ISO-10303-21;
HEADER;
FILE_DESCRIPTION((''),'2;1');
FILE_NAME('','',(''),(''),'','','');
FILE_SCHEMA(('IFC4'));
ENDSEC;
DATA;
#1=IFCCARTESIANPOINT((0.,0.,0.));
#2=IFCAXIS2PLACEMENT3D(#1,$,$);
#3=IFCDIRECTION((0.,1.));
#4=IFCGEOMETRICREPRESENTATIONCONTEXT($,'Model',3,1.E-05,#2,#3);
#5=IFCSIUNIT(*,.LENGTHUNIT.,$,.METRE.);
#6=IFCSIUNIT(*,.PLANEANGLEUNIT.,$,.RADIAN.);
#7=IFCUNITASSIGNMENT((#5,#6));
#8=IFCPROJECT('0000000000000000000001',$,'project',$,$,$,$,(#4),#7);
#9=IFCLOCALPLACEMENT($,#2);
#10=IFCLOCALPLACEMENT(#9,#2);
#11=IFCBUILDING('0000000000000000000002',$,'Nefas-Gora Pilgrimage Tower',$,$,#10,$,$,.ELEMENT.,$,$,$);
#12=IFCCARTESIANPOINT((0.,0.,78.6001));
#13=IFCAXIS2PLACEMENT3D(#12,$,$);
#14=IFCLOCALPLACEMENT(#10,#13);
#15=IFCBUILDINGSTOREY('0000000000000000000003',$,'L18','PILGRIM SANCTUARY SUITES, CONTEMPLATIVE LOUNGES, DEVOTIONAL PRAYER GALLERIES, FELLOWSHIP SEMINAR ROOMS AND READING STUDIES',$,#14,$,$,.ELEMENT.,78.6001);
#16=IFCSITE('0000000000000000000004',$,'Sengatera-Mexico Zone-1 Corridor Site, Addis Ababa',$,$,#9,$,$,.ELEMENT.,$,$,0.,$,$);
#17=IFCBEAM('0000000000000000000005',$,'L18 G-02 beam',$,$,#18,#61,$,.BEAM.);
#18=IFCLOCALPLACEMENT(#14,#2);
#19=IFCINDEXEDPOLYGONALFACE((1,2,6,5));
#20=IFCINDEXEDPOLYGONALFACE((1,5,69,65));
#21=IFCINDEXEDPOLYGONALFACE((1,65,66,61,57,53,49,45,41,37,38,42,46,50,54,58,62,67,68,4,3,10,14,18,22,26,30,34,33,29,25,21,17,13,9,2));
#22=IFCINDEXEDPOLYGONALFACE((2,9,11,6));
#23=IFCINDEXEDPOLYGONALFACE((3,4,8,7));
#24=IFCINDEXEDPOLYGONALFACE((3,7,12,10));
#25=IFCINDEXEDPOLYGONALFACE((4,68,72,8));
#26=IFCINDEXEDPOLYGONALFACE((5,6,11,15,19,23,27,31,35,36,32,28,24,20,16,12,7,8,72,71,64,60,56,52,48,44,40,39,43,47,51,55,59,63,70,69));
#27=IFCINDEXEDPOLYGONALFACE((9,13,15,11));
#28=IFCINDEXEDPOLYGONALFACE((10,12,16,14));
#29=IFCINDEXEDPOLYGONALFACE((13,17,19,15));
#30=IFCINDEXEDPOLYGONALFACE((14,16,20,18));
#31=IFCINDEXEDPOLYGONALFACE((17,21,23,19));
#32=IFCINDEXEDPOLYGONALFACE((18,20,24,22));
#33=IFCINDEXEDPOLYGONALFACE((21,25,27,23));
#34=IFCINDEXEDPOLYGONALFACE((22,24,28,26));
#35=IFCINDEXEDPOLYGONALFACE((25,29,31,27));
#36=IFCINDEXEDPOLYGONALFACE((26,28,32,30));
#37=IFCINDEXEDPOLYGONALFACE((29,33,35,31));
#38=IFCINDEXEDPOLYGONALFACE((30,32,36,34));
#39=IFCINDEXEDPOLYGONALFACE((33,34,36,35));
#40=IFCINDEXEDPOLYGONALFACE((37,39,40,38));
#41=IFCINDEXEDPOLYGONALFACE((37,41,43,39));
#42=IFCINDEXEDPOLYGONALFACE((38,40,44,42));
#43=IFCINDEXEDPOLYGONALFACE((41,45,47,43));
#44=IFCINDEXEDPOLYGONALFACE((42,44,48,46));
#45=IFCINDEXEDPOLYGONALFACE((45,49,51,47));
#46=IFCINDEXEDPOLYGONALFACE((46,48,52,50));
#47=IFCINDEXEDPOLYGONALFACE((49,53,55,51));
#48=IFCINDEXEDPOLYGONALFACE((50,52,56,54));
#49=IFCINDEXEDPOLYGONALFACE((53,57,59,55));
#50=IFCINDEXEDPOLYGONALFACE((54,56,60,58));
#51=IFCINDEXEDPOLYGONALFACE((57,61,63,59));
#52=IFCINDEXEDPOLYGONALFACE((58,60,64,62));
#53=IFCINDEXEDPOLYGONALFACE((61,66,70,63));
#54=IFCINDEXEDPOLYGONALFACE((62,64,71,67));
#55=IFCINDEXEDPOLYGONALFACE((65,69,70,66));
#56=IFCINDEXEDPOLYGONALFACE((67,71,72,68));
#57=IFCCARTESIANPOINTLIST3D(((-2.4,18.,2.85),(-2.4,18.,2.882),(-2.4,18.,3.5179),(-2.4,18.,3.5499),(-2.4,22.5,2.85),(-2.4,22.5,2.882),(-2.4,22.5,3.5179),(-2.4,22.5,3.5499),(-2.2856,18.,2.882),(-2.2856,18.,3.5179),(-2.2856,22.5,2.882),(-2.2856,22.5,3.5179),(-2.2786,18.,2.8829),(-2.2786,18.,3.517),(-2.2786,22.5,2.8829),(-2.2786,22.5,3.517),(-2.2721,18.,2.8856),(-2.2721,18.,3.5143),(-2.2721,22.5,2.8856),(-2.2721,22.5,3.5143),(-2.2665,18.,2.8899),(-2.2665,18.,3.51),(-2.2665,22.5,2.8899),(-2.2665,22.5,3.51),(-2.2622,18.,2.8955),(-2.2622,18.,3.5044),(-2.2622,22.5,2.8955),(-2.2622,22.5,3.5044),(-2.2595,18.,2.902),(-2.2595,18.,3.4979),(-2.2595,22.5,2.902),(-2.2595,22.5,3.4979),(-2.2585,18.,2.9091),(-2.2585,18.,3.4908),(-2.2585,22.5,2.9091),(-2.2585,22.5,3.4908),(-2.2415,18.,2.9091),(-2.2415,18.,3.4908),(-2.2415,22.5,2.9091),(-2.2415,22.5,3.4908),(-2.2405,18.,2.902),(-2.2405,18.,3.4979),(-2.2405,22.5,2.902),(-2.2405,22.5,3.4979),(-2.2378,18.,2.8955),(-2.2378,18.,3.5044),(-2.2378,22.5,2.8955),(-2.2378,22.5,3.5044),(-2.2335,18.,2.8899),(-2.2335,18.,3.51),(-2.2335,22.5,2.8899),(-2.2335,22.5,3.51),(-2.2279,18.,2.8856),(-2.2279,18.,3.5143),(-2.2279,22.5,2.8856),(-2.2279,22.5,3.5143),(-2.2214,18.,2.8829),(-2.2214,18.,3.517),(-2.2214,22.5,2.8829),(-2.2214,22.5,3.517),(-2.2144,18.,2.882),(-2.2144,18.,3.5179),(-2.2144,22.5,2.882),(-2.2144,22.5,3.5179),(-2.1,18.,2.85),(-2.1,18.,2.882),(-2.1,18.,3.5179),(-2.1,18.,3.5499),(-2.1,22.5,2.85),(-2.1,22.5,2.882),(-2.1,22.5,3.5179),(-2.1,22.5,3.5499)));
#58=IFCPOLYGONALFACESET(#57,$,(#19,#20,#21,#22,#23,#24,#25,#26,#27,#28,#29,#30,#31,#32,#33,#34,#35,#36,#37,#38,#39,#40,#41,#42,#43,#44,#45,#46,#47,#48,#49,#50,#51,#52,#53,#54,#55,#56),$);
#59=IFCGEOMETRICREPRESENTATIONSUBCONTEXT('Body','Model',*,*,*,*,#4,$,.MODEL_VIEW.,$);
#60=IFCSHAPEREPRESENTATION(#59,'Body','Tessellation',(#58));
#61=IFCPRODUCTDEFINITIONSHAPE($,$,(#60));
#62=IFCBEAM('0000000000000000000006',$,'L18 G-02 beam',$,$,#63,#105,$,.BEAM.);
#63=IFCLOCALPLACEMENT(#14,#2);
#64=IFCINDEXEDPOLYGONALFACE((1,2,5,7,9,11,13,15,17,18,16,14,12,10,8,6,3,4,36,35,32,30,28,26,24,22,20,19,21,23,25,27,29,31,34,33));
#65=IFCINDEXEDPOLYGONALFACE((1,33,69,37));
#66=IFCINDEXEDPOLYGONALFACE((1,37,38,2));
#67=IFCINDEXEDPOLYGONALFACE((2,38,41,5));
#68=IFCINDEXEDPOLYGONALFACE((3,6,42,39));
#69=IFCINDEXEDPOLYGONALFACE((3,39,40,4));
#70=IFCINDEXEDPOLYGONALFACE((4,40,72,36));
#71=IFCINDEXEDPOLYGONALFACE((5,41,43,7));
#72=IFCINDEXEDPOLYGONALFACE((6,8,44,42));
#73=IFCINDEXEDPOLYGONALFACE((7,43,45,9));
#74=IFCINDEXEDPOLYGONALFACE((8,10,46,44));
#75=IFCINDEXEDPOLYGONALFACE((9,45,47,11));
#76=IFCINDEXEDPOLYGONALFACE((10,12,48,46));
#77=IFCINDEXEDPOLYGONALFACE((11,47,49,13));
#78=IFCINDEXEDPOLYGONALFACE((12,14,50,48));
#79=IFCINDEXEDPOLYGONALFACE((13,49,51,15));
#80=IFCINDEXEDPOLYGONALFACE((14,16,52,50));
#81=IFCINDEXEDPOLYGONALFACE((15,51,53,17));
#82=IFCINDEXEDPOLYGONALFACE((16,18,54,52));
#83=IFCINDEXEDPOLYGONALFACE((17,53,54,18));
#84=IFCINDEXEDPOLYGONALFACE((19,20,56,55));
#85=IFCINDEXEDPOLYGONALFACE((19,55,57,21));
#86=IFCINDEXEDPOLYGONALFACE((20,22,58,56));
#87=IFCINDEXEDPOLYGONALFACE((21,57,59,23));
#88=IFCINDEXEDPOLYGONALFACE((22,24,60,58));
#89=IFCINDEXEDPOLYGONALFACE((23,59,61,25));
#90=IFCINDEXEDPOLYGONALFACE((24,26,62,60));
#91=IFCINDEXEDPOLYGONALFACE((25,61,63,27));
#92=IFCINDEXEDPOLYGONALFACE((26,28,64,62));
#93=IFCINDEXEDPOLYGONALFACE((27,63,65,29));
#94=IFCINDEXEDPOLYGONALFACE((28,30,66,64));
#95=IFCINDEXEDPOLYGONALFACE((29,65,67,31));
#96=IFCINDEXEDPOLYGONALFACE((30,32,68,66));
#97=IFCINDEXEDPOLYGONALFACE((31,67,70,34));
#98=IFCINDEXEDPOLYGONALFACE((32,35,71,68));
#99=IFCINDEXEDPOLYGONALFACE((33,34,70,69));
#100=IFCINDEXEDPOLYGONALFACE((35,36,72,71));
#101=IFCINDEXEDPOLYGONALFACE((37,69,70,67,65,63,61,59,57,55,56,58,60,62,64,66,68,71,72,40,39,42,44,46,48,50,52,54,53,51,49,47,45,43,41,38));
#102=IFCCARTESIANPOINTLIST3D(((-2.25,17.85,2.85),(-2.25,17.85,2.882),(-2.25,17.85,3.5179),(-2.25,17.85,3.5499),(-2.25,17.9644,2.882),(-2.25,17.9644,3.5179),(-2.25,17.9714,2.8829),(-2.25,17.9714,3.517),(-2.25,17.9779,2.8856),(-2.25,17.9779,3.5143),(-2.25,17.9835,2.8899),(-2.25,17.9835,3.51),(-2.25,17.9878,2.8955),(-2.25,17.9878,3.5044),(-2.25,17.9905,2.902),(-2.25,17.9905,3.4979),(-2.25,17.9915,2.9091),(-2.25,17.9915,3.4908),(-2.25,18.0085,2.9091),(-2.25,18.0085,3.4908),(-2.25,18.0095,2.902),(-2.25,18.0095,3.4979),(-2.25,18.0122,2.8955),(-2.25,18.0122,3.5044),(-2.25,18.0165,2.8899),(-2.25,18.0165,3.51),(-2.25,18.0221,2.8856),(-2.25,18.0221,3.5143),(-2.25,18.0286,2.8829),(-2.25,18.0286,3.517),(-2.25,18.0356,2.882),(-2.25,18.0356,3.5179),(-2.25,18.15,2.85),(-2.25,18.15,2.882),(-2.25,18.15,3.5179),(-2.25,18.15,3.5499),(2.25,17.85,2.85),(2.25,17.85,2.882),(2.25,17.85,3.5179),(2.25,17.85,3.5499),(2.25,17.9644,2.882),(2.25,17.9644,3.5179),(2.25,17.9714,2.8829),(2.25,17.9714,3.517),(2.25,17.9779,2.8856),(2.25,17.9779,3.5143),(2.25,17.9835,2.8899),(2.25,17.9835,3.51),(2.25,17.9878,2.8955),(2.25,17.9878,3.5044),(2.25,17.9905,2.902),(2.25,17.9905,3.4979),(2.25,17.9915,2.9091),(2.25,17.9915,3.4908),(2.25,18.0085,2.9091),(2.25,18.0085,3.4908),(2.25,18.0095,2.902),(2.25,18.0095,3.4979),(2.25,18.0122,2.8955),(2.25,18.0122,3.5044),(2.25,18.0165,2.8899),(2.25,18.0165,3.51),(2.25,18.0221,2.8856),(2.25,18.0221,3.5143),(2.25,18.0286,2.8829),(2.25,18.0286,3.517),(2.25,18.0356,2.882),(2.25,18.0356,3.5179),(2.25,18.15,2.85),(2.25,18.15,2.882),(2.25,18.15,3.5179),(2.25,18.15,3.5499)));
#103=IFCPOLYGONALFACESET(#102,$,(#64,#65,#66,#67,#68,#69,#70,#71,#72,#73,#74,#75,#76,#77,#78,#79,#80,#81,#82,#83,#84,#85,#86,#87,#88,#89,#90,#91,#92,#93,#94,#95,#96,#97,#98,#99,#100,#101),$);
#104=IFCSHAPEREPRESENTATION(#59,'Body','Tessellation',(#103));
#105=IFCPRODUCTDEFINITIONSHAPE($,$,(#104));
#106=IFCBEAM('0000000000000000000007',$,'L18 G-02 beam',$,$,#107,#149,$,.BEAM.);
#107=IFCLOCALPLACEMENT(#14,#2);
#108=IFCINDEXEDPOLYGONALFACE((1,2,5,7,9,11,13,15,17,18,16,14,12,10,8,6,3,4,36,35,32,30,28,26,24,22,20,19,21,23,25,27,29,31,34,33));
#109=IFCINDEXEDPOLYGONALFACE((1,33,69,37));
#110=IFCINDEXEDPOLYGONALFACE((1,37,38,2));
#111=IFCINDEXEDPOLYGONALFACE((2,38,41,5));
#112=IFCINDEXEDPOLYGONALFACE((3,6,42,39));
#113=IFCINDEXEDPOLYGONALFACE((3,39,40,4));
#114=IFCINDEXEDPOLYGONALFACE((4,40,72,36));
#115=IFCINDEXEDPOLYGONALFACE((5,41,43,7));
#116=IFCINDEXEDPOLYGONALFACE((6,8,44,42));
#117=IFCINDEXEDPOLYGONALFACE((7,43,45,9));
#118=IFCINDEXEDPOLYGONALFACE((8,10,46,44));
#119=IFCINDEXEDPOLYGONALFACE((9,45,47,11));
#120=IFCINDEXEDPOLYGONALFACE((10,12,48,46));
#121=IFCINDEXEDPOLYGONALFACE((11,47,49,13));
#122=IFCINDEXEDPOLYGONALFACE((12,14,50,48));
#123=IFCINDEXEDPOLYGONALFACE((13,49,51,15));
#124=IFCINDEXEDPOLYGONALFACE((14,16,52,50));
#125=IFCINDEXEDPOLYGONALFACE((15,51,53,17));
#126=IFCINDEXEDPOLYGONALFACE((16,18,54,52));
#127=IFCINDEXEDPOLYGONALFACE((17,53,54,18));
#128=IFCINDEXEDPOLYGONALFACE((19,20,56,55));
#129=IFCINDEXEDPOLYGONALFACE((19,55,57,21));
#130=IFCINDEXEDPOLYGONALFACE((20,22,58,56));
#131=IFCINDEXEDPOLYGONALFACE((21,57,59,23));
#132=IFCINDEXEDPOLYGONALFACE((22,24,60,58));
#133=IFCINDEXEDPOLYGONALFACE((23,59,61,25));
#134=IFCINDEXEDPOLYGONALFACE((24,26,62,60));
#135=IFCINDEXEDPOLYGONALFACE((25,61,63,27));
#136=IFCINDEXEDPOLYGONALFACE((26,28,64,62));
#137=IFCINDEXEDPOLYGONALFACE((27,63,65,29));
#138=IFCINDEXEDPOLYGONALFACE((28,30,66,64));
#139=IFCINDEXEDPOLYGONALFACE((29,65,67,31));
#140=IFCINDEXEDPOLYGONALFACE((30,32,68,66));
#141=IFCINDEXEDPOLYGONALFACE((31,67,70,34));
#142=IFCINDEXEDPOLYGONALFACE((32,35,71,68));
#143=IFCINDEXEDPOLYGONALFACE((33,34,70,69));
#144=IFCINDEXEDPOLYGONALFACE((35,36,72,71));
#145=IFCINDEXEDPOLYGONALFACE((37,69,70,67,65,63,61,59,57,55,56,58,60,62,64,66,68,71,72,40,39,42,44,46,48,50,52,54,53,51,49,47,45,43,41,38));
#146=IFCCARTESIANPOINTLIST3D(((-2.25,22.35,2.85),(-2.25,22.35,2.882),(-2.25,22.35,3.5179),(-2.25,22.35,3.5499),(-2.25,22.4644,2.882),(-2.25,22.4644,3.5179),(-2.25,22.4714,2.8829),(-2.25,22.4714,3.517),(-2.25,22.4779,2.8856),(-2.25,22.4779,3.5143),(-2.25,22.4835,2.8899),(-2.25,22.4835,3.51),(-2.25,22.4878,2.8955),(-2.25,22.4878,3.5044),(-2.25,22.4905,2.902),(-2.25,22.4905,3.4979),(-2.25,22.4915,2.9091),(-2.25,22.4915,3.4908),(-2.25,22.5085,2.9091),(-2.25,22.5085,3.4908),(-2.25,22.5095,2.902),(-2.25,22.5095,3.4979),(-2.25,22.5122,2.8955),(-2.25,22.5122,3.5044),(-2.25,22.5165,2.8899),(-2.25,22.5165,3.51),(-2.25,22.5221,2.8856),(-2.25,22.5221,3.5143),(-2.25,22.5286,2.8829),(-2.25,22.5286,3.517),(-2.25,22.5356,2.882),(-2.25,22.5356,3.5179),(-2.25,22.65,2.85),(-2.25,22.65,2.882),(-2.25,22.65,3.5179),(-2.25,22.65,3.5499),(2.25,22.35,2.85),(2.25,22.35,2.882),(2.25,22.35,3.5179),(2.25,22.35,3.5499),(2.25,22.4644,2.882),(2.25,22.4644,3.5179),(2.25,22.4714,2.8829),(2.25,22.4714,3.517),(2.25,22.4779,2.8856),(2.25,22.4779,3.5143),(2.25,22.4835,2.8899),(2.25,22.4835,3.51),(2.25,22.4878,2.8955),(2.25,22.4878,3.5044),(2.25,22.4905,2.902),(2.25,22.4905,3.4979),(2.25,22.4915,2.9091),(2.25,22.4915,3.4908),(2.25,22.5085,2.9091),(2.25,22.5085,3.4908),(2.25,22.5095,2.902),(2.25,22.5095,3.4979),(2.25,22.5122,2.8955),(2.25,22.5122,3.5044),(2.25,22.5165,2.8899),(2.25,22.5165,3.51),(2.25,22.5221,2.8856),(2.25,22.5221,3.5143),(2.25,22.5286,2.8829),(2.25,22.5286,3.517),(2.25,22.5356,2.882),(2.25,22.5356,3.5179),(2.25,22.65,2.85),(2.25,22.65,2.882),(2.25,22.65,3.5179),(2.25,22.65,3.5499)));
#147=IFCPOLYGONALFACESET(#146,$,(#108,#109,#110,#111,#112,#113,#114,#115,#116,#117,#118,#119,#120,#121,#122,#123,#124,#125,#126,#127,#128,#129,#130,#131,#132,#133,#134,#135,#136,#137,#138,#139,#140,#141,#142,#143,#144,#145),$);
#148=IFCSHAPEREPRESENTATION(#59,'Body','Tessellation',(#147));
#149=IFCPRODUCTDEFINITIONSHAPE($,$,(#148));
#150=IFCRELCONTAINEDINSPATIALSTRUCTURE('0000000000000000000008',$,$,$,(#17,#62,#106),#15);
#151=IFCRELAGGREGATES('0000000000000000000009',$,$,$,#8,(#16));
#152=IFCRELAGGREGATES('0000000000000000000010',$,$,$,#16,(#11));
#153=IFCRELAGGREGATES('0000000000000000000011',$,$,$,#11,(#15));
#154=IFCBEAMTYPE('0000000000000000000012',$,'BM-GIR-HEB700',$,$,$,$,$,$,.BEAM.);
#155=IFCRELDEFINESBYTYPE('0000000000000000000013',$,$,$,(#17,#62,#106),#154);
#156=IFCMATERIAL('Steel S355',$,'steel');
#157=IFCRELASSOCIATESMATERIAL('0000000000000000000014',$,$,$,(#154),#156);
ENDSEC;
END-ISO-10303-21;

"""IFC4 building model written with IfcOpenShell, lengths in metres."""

from ifc_helpers import new_model, si_unit, direction, frame, origin, origin_2d, place, context, subcontext, project, spatial, i_section, extrude, source, transform, mapped, material, material_profile, profile_set, type_object, element, save


model = new_model("IFC4")

# Units and contexts
model_context = context("Model", 3, precision=1e-05, world=origin(), true_north=direction((0.0, 1.0)))
body_context = subcontext(model_context, "Body", "Model", "MODEL_VIEW")
ifc_project = project(units=[si_unit("LENGTHUNIT", "METRE"), si_unit("PLANEANGLEUNIT", "RADIAN")], contexts=[model_context])

# Site, building, storey
site_placement = place(None, origin())
site = spatial("IfcSite", under=ifc_project, at=site_placement, Name="Sengatera-Mexico Zone-1 Corridor Site, Addis Ababa", CompositionType="ELEMENT", RefElevation=0.0)
building_placement = place(site_placement, origin())
building = spatial("IfcBuilding", under=site, at=building_placement, Name="Nefas-Gora Pilgrimage Tower", CompositionType="ELEMENT")
storey_placement = place(building_placement, frame((0.0, 0.0, 78.6001)))
storey = spatial("IfcBuildingStorey", under=building, at=storey_placement, Name="L18", Description="PILGRIM SANCTUARY SUITES, CONTEMPLATIVE LOUNGES, DEVOTIONAL PRAYER GALLERIES, FELLOWSHIP SEMINAR ROOMS AND READING STUDIES", CompositionType="ELEMENT", Elevation=78.6001)

# Beams
ifc_material_1 = material(Name="Steel S355", Category="steel")
ifc_material_profile_1 = material_profile(ifc_material_1, i_section(OverallWidth=0.3, OverallDepth=0.7, WebThickness=0.0171, FlangeThickness=0.032, FilletRadius=0.0271, at=origin_2d()), Name="HEB 700")
ifc_profile_set_1 = profile_set([ifc_material_profile_1], Name="Steel S355")
beam_type_1 = type_object("IfcBeamType", Name="BM-GIR-HEB700", PredefinedType="BEAM", material=ifc_profile_set_1)
shared_shape_1 = source(origin(), body_context, "Body", "SweptSolid", [
    extrude(i_section(OverallWidth=0.3, OverallDepth=0.7, WebThickness=0.0171, FlangeThickness=0.032, FilletRadius=0.0271, at=origin_2d()), origin(), (0.0, 0.0, 1.0), 4.5),
])
for number, where, z_axis, x_axis, name in (
    (1, (-2.25, 18.0, 3.2), (0.0, 1.0, 0.0), (-1.0, 0.0, 0.0), "L18 G-02 beam"),
    (2, (-2.25, 18.0, 3.2), (1.0, 0.0, 0.0), (0.0, 1.0, 0.0), "L18 G-02 beam"),
    (3, (-2.25, 22.5, 3.2), (1.0, 0.0, 0.0), (0.0, 1.0, 0.0), "L18 G-02 beam"),
):
    element("IfcBeam", number, at=place(storey_placement, frame(where, z_axis=z_axis, x_axis=x_axis)), inside=storey, type_object=beam_type_1, Name=name, PredefinedType="BEAM", context=body_context, shape_type="MappedRepresentation", body=[
        mapped(shared_shape_1, transform((0.0, 0.0, 0.0), x_axis=(1.0, 0.0, 0.0), y_axis=(0.0, 1.0, 0.0), z_axis=(0.0, 0.0, 1.0), scale=1.0)),
    ])

save(model, "model.ifc")
